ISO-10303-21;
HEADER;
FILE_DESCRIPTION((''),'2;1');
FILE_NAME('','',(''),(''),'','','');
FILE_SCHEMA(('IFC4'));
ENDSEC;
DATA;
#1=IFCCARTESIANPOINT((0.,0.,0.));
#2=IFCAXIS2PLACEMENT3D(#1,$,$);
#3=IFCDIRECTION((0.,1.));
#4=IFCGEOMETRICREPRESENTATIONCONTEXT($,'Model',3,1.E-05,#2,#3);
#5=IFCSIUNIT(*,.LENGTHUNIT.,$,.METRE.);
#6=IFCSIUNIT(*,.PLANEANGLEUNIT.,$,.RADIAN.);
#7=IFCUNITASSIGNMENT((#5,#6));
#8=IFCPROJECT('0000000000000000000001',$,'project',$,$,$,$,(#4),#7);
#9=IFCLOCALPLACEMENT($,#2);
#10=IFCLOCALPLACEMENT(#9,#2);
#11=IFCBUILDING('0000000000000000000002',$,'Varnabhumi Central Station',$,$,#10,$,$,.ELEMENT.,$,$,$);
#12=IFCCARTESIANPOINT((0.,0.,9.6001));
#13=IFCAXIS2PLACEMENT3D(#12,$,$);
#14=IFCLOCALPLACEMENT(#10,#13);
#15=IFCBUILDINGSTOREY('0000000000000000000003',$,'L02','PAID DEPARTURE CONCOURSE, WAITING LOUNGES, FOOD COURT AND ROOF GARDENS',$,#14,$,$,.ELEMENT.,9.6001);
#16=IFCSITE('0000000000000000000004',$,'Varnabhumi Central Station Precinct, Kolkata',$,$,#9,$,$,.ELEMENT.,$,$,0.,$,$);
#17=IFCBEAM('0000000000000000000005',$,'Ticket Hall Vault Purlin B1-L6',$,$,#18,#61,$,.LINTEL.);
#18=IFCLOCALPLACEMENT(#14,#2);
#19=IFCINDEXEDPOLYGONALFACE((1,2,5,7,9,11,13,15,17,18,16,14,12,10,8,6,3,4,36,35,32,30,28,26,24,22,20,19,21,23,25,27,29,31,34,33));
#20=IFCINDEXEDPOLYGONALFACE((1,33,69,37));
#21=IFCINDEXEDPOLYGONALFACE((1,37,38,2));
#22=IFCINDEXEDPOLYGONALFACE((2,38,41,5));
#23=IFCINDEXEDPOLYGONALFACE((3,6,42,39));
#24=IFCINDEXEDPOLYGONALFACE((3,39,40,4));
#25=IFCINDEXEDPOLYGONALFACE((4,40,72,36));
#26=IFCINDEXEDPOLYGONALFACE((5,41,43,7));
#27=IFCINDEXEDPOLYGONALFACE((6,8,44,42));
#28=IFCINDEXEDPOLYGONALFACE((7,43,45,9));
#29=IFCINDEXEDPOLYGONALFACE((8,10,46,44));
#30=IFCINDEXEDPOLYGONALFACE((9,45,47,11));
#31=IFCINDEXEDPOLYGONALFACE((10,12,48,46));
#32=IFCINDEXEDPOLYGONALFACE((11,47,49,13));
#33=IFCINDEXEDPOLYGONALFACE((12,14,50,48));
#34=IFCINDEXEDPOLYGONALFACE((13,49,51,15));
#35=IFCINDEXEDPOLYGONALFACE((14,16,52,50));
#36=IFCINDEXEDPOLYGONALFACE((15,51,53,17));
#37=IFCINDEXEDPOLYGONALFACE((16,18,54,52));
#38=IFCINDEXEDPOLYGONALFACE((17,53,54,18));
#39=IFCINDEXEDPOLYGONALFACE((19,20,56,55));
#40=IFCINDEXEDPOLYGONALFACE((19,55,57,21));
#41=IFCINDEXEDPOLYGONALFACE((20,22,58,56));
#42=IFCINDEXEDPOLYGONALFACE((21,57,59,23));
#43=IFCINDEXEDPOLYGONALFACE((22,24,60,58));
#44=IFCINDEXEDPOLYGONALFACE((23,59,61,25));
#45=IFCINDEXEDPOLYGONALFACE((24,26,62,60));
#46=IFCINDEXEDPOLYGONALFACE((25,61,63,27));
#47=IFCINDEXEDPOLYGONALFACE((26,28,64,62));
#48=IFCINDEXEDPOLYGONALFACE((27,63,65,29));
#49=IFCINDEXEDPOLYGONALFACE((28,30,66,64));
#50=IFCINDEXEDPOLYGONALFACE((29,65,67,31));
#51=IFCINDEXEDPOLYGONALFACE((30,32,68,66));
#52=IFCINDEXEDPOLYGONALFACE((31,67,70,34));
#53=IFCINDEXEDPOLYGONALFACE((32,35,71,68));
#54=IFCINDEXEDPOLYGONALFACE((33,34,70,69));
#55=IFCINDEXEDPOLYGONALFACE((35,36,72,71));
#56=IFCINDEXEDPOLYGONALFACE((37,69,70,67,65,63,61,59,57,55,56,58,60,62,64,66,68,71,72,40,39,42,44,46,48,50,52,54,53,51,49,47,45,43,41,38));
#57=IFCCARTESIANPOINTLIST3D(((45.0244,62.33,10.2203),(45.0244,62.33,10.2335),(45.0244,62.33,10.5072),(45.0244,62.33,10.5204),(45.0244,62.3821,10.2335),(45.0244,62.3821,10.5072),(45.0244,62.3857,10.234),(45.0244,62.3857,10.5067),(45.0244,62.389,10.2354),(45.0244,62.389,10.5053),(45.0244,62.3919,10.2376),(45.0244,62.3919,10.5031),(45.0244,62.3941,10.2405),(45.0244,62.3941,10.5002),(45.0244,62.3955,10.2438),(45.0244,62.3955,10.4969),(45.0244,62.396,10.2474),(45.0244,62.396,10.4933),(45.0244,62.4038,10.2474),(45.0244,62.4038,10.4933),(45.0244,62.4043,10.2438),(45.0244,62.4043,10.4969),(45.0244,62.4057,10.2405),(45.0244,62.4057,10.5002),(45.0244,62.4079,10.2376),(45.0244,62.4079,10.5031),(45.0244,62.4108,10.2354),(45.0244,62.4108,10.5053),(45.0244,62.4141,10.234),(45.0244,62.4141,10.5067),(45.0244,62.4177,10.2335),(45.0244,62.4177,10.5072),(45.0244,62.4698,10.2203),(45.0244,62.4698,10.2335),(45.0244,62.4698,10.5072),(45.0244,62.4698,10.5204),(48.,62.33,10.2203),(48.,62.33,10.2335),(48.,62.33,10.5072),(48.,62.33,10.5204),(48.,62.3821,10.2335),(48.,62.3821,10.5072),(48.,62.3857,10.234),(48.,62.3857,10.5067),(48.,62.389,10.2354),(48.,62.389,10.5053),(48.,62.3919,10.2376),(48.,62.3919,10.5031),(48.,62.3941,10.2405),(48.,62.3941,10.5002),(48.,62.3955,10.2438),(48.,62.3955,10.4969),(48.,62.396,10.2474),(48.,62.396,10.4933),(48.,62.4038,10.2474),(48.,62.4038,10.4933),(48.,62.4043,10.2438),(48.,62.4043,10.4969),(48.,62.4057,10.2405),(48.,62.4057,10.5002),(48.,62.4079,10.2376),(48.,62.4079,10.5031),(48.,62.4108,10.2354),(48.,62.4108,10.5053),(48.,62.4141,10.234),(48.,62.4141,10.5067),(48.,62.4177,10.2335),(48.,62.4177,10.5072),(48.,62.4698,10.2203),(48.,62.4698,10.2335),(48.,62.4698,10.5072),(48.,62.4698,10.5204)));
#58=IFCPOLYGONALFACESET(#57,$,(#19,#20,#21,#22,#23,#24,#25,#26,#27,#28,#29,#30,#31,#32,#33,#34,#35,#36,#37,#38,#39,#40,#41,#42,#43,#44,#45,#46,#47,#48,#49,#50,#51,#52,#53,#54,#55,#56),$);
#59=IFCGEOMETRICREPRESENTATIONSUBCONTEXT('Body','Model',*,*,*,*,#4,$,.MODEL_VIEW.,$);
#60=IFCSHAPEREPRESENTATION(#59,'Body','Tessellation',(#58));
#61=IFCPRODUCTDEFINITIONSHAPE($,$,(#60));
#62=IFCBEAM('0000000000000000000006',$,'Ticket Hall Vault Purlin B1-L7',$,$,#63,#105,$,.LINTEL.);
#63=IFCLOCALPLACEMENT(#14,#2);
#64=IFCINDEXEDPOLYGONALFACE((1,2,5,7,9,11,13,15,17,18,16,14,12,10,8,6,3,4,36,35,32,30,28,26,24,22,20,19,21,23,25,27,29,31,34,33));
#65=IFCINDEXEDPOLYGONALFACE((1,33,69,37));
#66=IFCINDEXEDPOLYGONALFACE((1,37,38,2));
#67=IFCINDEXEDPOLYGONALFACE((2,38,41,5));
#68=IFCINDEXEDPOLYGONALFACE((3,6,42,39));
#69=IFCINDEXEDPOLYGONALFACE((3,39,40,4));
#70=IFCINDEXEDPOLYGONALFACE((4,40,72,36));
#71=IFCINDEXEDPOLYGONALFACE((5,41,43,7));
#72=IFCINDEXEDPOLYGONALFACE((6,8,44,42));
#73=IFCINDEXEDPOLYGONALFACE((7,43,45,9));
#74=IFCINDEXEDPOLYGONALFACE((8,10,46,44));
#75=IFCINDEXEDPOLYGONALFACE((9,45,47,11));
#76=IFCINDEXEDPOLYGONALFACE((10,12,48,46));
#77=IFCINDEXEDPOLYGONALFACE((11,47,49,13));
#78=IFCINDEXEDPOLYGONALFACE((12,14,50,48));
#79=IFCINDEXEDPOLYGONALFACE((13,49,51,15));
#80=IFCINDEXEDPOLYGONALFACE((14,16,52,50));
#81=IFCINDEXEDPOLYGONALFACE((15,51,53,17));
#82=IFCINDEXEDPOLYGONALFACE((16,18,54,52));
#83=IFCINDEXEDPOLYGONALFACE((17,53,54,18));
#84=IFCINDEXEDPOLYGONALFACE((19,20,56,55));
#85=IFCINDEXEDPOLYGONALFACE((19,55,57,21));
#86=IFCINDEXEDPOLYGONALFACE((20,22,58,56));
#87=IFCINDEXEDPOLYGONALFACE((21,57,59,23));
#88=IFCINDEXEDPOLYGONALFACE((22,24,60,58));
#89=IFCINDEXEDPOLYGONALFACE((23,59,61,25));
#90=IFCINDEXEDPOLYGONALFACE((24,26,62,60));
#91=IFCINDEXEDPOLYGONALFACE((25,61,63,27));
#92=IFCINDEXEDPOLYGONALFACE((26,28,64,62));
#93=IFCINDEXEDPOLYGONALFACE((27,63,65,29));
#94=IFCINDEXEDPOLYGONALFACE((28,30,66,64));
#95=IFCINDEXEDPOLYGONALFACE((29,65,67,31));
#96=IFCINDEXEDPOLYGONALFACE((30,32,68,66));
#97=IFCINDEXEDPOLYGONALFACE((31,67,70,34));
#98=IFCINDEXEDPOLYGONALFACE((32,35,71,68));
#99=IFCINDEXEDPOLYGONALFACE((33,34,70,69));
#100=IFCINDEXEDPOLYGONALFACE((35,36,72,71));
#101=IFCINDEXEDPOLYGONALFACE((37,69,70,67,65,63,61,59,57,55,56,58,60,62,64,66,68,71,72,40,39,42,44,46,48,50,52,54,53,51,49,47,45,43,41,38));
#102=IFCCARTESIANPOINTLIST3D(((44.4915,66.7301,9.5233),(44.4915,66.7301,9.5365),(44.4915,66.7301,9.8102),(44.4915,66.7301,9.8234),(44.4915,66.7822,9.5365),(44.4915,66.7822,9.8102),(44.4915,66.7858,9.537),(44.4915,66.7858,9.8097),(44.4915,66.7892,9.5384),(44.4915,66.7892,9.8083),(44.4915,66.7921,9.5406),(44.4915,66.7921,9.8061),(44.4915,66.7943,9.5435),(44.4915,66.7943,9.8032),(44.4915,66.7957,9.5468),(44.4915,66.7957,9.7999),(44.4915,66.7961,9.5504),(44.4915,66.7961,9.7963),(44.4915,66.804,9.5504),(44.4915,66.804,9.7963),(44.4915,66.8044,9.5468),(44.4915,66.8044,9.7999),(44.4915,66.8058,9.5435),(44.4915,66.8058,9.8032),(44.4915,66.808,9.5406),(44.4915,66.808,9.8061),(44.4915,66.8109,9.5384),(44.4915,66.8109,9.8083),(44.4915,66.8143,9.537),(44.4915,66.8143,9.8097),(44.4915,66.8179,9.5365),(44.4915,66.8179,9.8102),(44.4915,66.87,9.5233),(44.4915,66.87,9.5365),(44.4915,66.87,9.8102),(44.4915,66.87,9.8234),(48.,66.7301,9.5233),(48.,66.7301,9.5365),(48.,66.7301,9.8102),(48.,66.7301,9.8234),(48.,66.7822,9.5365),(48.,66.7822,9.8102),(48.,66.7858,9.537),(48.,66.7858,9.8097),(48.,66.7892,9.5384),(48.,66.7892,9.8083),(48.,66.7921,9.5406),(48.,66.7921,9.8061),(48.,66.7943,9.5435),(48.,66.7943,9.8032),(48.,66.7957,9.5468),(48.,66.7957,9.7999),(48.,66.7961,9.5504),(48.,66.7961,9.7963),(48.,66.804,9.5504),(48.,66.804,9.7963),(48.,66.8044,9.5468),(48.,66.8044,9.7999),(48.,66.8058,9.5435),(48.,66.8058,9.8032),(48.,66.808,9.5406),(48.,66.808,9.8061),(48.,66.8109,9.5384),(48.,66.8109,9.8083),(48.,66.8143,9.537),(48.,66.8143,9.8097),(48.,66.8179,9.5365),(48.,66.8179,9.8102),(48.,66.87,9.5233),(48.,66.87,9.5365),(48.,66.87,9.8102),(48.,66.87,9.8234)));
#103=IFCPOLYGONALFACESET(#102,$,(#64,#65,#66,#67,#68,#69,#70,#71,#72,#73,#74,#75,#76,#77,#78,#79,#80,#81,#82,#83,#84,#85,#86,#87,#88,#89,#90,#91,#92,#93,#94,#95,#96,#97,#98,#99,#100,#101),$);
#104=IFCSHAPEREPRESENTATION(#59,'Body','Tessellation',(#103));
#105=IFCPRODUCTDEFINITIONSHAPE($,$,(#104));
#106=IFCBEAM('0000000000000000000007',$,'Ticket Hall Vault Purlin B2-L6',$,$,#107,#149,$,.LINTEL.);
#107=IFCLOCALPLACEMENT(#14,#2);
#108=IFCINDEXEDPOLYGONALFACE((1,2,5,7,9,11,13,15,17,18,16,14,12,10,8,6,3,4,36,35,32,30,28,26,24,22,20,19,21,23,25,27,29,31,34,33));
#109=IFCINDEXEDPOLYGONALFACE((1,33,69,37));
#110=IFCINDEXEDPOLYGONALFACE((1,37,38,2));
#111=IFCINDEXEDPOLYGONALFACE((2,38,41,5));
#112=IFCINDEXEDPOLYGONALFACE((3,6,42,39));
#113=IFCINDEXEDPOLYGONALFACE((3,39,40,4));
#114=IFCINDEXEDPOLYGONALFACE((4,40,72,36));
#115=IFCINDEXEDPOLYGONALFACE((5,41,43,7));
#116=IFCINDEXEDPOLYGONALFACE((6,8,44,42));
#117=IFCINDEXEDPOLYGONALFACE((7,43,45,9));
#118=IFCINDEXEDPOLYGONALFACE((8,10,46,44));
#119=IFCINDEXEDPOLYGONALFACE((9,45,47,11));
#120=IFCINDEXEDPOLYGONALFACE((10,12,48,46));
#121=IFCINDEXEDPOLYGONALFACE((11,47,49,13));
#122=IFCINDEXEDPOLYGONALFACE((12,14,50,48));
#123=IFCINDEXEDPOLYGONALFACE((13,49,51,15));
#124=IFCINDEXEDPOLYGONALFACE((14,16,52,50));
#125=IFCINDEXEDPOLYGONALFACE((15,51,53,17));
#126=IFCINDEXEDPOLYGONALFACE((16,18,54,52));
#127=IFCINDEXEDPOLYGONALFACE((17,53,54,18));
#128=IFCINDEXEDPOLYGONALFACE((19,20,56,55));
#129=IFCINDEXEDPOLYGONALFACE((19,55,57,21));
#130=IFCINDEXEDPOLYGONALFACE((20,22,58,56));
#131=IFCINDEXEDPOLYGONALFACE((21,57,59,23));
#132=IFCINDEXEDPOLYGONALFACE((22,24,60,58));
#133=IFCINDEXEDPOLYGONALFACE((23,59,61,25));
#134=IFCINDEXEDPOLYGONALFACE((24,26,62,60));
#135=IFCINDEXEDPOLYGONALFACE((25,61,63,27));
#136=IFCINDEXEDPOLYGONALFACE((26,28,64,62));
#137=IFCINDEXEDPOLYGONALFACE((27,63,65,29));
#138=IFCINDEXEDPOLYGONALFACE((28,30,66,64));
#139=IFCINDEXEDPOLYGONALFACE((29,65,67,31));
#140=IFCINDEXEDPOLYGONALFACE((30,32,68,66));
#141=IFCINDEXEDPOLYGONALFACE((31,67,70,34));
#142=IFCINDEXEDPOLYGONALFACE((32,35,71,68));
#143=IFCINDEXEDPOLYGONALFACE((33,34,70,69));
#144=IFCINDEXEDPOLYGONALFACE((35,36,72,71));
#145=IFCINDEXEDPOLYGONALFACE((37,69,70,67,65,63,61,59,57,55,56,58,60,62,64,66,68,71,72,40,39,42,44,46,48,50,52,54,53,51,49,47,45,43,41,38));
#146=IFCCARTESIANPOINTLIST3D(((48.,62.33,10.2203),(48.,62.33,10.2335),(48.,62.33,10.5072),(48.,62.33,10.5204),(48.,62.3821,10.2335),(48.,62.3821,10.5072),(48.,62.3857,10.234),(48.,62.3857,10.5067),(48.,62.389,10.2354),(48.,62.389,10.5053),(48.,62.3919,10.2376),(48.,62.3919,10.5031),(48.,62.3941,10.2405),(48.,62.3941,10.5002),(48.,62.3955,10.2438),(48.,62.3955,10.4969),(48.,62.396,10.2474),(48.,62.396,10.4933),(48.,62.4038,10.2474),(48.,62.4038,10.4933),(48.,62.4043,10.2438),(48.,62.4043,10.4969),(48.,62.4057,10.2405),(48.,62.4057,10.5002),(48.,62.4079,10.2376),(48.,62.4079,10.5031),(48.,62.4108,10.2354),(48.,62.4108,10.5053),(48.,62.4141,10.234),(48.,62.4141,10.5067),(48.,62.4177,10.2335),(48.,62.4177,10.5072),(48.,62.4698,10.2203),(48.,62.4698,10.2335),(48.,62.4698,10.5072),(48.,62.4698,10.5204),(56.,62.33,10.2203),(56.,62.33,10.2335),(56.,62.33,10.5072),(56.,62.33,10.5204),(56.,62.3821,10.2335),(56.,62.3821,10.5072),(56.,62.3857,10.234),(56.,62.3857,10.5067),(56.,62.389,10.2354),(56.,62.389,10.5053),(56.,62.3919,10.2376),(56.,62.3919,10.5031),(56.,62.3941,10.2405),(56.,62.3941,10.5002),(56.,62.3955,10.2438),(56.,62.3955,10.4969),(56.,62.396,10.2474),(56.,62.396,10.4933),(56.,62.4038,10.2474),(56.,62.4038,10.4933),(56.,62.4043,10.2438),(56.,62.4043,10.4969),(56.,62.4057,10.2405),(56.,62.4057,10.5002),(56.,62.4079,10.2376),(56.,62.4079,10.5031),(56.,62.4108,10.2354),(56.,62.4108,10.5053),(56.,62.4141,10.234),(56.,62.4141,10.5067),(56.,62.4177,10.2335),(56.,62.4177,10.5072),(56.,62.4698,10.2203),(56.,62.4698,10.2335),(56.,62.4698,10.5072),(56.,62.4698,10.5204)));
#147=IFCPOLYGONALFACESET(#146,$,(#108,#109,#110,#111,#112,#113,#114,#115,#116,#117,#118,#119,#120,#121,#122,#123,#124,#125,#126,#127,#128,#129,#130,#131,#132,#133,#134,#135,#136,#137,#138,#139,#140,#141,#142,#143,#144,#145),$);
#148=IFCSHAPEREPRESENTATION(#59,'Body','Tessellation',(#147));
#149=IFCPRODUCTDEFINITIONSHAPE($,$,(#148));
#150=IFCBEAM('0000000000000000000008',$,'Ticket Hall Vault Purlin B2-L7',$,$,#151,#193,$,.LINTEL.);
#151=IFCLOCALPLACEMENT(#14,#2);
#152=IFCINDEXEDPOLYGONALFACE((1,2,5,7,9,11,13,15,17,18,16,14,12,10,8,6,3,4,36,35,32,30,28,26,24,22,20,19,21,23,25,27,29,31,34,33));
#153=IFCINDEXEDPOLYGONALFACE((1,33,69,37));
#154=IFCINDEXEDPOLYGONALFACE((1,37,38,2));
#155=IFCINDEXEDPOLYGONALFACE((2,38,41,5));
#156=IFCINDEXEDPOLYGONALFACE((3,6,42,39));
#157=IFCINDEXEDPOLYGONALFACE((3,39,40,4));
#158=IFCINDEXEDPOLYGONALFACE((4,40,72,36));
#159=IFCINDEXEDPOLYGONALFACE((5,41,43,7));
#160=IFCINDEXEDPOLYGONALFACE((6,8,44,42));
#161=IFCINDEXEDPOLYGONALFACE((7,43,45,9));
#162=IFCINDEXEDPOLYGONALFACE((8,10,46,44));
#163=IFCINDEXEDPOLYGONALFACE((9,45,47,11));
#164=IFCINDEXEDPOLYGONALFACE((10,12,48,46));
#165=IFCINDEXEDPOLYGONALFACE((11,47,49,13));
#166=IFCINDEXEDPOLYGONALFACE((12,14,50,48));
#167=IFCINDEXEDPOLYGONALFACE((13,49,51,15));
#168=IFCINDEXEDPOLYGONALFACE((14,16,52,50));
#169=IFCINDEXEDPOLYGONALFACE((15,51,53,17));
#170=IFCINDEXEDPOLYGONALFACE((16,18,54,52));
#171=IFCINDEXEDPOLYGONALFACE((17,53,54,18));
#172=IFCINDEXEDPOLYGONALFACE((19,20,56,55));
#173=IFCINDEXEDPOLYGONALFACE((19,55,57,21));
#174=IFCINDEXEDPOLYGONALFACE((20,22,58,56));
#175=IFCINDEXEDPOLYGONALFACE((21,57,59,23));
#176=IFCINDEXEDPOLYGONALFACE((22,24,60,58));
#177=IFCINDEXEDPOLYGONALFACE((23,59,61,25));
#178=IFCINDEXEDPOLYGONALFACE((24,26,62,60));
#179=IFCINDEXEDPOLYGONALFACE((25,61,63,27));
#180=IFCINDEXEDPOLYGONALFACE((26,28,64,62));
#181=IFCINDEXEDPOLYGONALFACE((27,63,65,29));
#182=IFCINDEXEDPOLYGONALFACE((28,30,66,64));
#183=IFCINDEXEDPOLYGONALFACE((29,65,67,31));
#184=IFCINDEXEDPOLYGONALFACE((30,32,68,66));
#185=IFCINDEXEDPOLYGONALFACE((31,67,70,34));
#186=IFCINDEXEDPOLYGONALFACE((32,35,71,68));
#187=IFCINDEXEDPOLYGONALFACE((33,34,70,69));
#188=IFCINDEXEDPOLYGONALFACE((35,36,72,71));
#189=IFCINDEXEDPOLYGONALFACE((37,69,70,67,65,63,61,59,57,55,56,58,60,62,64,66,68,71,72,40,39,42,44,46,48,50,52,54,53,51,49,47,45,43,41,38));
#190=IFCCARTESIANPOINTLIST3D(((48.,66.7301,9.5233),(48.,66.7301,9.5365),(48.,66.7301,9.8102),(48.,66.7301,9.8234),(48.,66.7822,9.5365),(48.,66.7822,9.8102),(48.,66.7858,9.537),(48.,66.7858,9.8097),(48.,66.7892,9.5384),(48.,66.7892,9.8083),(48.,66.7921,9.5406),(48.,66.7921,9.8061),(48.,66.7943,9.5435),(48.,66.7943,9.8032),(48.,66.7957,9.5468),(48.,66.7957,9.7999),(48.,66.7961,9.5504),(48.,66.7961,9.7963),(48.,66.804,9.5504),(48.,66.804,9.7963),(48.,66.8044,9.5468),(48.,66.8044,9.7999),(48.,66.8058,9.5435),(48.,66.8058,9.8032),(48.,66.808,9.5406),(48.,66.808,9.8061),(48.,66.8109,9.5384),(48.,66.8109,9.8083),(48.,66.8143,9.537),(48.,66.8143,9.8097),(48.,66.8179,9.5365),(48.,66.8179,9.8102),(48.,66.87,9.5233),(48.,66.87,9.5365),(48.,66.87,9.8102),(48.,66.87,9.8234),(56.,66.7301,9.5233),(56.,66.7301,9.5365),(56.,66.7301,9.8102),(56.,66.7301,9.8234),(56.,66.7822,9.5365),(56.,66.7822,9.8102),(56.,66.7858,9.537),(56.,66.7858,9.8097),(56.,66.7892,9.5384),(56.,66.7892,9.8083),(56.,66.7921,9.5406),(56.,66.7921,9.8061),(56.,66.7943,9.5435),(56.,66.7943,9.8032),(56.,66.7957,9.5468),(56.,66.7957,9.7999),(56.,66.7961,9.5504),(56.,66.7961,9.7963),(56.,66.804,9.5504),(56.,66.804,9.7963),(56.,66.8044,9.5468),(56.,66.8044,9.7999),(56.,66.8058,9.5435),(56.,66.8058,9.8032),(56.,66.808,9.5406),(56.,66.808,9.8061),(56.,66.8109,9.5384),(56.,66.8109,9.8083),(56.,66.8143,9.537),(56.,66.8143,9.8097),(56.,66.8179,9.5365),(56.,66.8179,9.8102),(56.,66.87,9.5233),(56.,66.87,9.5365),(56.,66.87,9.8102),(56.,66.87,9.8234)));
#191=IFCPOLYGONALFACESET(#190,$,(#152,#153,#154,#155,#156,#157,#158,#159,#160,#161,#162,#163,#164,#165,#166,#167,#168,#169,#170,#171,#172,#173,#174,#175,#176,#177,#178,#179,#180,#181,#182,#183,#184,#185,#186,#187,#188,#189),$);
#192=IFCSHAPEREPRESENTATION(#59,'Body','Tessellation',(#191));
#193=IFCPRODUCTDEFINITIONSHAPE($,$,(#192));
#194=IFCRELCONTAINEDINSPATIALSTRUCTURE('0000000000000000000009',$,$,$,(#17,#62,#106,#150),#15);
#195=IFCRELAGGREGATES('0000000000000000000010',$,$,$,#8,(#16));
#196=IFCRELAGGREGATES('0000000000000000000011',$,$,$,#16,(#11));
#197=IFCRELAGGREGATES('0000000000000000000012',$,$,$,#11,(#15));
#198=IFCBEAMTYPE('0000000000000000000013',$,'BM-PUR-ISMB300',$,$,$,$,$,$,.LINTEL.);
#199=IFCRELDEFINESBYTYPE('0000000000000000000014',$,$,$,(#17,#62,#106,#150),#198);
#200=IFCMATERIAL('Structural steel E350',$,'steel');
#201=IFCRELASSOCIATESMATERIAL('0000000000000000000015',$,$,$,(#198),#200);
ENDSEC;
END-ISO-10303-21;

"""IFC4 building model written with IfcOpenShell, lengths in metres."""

from ifc_helpers import new_model, si_unit, direction, frame, origin, origin_2d, place, context, subcontext, project, spatial, i_section, extrude, material, material_profile, profile_set, type_object, element, save


model = new_model("IFC4")

# Units and contexts
model_context = context("Model", 3, precision=1e-05, world=origin(), true_north=direction((0.0, 1.0)))
body_context = subcontext(model_context, "Body", "Model", "MODEL_VIEW")
ifc_project = project(units=[si_unit("LENGTHUNIT", "METRE"), si_unit("PLANEANGLEUNIT", "RADIAN")], contexts=[model_context])

# Site, building, storey
site_placement = place(None, origin())
site = spatial("IfcSite", under=ifc_project, at=site_placement, Name="Varnabhumi Central Station Precinct, Kolkata", CompositionType="ELEMENT", RefElevation=0.0)
building_placement = place(site_placement, origin())
building = spatial("IfcBuilding", under=site, at=building_placement, Name="Varnabhumi Central Station", CompositionType="ELEMENT")
storey_placement = place(building_placement, frame((0.0, 0.0, 9.6001)))
storey = spatial("IfcBuildingStorey", under=building, at=storey_placement, Name="L02", Description="PAID DEPARTURE CONCOURSE, WAITING LOUNGES, FOOD COURT AND ROOF GARDENS", CompositionType="ELEMENT", Elevation=9.6001)

# Beams
ifc_material_1 = material(Name="Structural steel E350", Category="steel")
ifc_material_profile_1 = material_profile(ifc_material_1, i_section(OverallWidth=0.1399, OverallDepth=0.3, WebThickness=0.0078, FlangeThickness=0.0132, FilletRadius=0.0139, at=origin_2d()), Name="Structural steel E350", Category="steel")
ifc_profile_set_1 = profile_set([ifc_material_profile_1], Name="Structural steel E350")
beam_type_1 = type_object("IfcBeamType", Name="BM-PUR-ISMB300", PredefinedType="LINTEL", material=ifc_profile_set_1)
beam_1_placement = place(storey_placement, frame((45.0244, 62.3999, 10.3704), z_axis=(1.0, 0.0, 0.0), x_axis=(0.0, 1.0, 0.0)))
element("IfcBeam", 1, at=beam_1_placement, inside=storey, type_object=beam_type_1, Name="Ticket Hall Vault Purlin B1-L6", PredefinedType="LINTEL", context=body_context, shape_type="SweptSolid", body=[
    extrude(i_section(OverallWidth=0.1399, OverallDepth=0.3, WebThickness=0.0078, FlangeThickness=0.0132, FilletRadius=0.0139, at=origin_2d()), origin(), (0.0, 0.0, 1.0), 2.9756),
])
beam_2_placement = place(storey_placement, frame((44.4915, 66.8, 9.6733), z_axis=(1.0, 0.0, 0.0), x_axis=(0.0, 1.0, 0.0)))
element("IfcBeam", 2, at=beam_2_placement, inside=storey, type_object=beam_type_1, Name="Ticket Hall Vault Purlin B1-L7", PredefinedType="LINTEL", context=body_context, shape_type="SweptSolid", body=[
    extrude(i_section(OverallWidth=0.1399, OverallDepth=0.3, WebThickness=0.0078, FlangeThickness=0.0132, FilletRadius=0.0139, at=origin_2d()), origin(), (0.0, 0.0, 1.0), 3.5085),
])
for number, where, z_axis, x_axis, name in (
    (3, (48.0, 62.3999, 10.3704), (1.0, 0.0, 0.0), (0.0, 1.0, 0.0), "Ticket Hall Vault Purlin B2-L6"),
    (4, (48.0, 66.8, 9.6733), (1.0, 0.0, 0.0), (0.0, 1.0, 0.0), "Ticket Hall Vault Purlin B2-L7"),
):
    element("IfcBeam", number, at=place(storey_placement, frame(where, z_axis=z_axis, x_axis=x_axis)), inside=storey, type_object=beam_type_1, Name=name, PredefinedType="LINTEL", context=body_context, shape_type="SweptSolid", body=[
        extrude(i_section(OverallWidth=0.1399, OverallDepth=0.3, WebThickness=0.0078, FlangeThickness=0.0132, FilletRadius=0.0139, at=origin_2d()), origin(), (0.0, 0.0, 1.0), 8.0),
    ])

save(model, "model.ifc")
